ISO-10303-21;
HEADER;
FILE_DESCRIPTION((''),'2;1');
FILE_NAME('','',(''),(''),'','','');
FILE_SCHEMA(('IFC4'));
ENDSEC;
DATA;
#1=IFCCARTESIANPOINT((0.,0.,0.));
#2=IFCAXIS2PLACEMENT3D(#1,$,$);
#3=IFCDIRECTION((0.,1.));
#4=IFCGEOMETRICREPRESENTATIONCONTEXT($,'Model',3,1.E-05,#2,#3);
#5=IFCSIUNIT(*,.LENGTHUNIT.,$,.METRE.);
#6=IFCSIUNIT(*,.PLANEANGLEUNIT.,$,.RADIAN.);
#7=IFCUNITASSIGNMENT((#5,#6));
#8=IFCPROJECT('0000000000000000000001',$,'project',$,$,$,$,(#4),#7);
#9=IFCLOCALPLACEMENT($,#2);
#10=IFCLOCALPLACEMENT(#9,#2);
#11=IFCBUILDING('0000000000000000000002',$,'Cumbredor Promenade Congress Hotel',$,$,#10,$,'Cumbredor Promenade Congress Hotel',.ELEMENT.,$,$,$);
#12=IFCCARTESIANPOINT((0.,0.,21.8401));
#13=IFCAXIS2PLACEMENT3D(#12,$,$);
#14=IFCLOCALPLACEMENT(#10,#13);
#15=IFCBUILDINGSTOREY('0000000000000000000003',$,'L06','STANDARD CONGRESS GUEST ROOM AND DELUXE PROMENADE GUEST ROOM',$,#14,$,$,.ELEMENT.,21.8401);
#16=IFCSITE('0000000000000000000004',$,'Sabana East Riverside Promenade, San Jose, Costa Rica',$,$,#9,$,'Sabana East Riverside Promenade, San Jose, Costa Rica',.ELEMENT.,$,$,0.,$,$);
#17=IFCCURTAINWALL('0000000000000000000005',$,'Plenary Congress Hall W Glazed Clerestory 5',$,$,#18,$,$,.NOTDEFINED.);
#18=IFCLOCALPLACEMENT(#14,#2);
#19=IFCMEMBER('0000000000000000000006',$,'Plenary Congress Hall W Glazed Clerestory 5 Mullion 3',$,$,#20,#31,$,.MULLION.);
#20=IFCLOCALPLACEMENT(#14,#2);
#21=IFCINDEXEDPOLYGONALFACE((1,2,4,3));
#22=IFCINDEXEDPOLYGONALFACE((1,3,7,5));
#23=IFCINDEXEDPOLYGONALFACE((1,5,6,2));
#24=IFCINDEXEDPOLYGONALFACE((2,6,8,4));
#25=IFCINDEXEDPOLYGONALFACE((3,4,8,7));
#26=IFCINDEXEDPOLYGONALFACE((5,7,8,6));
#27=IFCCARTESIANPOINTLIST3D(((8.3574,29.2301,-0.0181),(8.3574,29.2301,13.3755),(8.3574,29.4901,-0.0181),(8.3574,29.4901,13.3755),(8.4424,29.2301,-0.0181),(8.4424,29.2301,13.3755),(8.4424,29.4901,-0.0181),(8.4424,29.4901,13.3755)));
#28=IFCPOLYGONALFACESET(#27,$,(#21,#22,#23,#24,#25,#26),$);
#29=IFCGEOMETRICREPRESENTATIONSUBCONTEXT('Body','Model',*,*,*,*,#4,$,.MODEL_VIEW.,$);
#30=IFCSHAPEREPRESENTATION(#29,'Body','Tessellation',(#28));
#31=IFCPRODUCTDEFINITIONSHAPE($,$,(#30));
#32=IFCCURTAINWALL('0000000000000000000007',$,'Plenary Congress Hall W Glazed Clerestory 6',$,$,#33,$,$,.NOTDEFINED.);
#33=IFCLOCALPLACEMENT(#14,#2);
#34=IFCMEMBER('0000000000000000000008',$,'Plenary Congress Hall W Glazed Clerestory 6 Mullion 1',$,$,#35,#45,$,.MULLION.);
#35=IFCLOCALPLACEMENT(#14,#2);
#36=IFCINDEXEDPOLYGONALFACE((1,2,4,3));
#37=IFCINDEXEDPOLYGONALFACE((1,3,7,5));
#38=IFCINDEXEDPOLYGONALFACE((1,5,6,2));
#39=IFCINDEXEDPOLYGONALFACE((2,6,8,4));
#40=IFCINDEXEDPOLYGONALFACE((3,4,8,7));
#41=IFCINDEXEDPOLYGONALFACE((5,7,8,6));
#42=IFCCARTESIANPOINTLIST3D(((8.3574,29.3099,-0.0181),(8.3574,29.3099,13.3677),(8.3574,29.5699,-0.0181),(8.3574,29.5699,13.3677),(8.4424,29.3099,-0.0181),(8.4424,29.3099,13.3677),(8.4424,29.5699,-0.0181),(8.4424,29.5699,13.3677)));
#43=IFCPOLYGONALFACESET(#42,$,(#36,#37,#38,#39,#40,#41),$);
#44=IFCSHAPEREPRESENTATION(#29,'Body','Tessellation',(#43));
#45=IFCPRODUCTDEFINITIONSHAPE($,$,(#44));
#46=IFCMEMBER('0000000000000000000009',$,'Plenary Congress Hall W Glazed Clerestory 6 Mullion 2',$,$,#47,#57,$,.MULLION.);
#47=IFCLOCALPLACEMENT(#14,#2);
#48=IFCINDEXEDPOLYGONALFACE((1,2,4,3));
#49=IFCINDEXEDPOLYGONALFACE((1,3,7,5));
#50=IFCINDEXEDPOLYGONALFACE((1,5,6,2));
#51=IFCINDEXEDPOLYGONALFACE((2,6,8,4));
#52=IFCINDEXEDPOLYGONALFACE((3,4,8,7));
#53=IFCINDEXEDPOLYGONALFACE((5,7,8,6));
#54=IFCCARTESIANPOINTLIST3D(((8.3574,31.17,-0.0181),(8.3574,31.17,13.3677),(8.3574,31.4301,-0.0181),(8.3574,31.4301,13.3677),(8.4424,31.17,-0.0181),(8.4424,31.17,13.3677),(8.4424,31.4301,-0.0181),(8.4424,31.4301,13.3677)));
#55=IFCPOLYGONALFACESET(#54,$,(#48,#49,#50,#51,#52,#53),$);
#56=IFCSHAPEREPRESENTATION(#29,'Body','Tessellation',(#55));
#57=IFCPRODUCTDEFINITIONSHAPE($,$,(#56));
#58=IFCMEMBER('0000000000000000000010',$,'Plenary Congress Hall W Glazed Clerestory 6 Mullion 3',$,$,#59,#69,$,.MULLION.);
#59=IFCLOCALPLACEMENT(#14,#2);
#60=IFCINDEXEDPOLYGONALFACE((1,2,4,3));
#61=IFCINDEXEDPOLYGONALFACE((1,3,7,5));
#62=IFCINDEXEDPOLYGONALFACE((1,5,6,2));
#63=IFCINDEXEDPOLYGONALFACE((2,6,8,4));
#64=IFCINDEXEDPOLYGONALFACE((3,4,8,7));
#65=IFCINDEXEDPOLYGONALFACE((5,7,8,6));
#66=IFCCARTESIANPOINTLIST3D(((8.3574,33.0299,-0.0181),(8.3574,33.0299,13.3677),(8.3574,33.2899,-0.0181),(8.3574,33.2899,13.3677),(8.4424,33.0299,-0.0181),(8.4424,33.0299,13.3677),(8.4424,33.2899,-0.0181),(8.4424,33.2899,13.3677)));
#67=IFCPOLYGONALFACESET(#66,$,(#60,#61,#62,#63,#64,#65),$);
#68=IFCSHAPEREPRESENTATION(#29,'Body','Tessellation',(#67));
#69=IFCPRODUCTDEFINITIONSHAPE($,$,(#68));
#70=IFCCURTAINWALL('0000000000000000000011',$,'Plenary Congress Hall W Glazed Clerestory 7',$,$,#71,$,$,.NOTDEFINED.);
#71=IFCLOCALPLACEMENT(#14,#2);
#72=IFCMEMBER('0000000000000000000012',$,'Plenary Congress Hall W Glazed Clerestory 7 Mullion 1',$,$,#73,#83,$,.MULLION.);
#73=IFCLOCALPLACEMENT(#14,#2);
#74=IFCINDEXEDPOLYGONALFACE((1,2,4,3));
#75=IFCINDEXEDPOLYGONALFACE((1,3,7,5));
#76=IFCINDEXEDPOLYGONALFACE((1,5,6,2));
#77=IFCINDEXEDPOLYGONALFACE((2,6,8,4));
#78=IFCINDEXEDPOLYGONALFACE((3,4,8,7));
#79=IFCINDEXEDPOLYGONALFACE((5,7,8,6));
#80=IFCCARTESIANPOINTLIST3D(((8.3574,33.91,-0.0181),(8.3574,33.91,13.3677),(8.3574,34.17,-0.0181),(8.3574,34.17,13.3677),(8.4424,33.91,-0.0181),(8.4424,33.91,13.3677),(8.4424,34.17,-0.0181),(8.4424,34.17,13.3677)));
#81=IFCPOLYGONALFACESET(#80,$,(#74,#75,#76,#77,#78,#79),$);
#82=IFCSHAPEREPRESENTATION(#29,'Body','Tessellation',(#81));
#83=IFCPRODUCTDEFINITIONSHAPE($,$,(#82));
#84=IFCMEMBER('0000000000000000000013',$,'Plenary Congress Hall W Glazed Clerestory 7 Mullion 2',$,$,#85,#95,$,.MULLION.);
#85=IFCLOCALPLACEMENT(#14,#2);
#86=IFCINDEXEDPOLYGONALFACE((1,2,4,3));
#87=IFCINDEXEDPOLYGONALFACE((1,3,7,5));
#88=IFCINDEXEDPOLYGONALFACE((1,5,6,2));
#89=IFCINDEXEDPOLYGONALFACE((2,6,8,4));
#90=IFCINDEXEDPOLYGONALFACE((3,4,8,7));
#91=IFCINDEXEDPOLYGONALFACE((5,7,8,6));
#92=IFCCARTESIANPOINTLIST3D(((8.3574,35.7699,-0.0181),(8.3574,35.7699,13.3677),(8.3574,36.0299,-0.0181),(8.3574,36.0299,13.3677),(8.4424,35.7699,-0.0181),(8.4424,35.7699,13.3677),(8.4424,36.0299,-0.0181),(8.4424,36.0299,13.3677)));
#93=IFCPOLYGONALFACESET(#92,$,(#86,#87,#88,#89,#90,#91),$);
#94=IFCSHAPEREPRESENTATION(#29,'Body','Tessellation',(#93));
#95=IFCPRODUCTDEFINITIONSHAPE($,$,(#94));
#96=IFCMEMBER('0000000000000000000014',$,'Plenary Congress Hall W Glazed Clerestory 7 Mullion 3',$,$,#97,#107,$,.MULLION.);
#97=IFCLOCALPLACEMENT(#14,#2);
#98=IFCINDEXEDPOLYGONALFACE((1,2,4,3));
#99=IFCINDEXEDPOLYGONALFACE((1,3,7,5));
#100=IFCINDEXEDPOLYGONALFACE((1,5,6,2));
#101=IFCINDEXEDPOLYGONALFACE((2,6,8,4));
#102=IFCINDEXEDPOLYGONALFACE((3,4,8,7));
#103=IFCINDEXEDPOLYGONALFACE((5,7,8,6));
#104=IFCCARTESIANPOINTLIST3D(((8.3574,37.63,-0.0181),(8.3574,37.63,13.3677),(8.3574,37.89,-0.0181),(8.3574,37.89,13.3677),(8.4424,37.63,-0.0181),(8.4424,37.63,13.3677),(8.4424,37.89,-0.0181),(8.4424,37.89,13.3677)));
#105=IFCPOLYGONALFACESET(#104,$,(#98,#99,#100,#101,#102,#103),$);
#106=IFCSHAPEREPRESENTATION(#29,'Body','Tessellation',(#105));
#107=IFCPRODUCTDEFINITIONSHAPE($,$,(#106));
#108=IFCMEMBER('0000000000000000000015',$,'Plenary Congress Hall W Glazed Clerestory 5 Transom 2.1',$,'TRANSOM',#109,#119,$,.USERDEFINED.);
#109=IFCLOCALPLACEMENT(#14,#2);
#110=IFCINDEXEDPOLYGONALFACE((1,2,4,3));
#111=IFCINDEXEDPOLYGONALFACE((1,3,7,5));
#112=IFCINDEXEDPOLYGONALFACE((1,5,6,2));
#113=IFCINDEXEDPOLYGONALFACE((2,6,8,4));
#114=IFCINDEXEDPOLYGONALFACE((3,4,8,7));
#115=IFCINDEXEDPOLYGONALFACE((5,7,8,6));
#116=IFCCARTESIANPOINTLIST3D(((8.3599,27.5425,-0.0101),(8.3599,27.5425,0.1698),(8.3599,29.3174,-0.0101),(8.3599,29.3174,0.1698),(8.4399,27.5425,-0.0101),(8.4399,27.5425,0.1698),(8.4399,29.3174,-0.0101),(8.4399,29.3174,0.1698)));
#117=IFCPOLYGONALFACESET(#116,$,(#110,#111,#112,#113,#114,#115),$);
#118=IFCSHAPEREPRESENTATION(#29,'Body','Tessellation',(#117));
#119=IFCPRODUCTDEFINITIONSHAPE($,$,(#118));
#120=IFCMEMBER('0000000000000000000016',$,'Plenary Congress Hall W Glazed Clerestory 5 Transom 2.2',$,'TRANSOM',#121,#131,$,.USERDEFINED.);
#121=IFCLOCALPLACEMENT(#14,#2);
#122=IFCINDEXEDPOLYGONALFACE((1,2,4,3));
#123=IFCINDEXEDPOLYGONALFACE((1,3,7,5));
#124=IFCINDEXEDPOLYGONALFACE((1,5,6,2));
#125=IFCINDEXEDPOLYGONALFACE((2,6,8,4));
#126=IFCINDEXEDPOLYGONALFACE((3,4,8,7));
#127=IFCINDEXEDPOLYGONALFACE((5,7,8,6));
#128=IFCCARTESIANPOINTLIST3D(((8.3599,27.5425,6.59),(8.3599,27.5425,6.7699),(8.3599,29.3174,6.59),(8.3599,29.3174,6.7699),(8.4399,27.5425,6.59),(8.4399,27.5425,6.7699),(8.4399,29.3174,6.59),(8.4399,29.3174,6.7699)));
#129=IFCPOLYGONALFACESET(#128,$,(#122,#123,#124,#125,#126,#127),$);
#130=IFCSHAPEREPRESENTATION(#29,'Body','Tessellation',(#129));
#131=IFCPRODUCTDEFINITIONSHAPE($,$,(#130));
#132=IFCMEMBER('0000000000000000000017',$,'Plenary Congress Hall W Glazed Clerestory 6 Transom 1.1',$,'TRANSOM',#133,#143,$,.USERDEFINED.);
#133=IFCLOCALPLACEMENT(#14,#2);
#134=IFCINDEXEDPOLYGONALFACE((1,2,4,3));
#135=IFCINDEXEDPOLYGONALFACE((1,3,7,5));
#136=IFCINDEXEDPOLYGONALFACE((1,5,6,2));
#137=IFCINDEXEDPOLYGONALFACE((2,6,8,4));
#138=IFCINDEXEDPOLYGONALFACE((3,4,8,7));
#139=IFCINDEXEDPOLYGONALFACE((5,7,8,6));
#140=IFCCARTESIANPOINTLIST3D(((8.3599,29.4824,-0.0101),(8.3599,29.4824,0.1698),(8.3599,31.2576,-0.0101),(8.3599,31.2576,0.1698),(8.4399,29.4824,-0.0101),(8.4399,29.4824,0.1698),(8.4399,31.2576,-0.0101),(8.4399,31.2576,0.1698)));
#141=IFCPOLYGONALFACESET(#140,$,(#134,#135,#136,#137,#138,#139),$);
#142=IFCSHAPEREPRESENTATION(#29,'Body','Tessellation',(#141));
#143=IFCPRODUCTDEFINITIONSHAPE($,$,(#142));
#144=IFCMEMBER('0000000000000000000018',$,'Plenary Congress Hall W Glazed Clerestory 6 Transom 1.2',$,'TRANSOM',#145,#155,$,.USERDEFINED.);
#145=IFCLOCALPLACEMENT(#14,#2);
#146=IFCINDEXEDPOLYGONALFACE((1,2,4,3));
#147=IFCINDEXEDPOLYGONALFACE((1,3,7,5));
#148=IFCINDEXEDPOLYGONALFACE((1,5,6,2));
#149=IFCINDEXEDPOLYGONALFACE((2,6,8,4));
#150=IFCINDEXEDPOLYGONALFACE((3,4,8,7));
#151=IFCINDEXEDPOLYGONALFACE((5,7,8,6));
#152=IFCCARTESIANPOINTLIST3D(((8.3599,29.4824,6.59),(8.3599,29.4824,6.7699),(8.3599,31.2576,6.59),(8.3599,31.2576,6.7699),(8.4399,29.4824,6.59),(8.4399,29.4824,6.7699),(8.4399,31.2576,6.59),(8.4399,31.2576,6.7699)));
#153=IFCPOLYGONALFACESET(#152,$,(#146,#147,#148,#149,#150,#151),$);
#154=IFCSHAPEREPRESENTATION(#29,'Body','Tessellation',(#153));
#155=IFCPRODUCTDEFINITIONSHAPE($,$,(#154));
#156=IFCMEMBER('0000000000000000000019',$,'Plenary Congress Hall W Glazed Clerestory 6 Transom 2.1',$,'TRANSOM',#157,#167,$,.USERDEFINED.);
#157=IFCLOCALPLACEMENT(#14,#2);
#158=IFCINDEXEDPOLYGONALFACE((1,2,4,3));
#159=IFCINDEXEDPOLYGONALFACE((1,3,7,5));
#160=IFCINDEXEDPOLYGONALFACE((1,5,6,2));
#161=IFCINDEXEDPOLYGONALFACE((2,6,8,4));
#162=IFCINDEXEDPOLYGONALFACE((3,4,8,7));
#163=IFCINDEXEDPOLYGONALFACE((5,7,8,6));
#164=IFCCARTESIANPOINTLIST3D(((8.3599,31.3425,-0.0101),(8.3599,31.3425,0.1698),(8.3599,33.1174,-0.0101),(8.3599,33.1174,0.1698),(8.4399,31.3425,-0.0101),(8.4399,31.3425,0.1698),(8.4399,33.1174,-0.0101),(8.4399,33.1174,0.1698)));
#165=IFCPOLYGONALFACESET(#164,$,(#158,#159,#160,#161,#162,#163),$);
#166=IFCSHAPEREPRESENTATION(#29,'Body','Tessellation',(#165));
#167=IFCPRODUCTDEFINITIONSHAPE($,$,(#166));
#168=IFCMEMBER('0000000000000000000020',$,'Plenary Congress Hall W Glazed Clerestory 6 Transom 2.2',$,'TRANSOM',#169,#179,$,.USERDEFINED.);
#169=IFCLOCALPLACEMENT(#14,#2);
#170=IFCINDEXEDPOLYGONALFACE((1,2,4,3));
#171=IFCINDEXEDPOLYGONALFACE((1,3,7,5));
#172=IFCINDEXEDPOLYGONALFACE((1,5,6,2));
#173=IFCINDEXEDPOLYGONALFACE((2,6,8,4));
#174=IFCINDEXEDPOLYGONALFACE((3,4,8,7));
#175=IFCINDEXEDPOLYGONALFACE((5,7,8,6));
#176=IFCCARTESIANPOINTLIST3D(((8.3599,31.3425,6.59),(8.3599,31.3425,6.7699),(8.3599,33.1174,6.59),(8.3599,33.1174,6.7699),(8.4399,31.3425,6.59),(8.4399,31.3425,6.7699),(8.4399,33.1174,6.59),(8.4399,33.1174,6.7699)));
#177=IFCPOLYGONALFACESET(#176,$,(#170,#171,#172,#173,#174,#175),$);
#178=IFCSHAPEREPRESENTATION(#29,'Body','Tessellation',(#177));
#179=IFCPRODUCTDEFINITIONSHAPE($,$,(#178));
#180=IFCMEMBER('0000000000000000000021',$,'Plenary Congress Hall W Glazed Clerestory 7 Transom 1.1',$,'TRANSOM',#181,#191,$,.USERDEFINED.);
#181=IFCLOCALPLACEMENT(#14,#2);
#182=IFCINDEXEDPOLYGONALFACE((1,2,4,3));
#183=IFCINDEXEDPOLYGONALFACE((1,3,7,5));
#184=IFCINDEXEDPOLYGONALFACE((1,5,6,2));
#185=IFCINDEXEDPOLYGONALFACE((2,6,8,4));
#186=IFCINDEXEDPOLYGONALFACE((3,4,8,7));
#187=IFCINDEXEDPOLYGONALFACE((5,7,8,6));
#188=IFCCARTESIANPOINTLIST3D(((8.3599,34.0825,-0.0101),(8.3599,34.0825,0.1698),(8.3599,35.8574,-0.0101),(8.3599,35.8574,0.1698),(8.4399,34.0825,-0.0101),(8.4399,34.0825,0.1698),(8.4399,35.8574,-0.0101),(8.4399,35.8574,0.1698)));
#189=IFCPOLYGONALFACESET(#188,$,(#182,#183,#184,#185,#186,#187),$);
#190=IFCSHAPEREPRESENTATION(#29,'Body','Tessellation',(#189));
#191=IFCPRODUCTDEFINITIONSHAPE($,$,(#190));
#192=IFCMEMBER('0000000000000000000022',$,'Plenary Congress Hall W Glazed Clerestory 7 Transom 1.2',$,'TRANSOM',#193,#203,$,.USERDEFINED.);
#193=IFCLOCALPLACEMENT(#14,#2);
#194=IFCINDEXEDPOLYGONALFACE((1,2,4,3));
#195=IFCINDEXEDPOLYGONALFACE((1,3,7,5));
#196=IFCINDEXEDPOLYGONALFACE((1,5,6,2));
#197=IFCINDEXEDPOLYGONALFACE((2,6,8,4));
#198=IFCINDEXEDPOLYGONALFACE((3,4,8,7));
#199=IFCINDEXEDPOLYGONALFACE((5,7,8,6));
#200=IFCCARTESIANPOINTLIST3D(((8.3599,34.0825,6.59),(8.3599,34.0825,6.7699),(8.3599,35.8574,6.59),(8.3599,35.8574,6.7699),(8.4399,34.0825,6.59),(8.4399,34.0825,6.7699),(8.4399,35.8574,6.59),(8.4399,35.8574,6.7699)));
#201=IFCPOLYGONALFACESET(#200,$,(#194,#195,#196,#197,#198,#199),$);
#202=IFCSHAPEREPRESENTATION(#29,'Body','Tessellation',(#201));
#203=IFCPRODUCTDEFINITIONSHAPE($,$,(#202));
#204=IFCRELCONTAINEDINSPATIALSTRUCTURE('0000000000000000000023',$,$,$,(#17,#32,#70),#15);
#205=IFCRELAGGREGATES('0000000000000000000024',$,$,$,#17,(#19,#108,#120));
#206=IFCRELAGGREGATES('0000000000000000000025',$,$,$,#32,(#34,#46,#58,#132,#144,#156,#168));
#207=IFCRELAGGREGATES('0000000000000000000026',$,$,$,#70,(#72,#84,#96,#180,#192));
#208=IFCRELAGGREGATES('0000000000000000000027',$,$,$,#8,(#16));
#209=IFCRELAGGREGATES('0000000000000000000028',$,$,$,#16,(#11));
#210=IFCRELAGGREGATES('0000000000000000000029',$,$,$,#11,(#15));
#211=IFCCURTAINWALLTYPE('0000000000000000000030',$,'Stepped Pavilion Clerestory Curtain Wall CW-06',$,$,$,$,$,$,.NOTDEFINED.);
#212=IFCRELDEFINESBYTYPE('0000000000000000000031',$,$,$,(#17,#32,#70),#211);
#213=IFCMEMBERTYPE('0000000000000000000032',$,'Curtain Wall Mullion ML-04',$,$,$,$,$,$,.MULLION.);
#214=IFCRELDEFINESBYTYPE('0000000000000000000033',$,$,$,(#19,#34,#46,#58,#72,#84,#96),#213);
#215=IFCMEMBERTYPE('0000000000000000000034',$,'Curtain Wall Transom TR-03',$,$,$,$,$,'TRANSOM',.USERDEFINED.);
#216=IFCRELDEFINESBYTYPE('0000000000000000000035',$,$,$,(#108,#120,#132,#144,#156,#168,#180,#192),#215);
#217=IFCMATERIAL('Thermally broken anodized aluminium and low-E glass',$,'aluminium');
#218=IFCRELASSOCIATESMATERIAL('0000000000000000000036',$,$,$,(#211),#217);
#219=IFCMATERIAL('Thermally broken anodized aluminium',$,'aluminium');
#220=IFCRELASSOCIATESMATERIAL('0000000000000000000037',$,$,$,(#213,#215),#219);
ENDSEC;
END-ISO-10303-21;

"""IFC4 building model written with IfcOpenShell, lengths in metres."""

from ifc_helpers import new_model, si_unit, direction, frame, origin, origin_2d, place, context, subcontext, project, spatial, rectangle, extrude, material, material_profile, profile_set, type_object, element, aggregate, save


model = new_model("IFC4")

# Units and contexts
model_context = context("Model", 3, precision=1e-05, world=origin(), true_north=direction((0.0, 1.0)))
body_context = subcontext(model_context, "Body", "Model", "MODEL_VIEW")
ifc_project = project(units=[si_unit("LENGTHUNIT", "METRE"), si_unit("PLANEANGLEUNIT", "RADIAN")], contexts=[model_context])

# Site, building, storey
site_placement = place(None, origin())
site = spatial("IfcSite", under=ifc_project, at=site_placement, Name="Sabana East Riverside Promenade, San Jose, Costa Rica", LongName="Sabana East Riverside Promenade, San Jose, Costa Rica", CompositionType="ELEMENT", RefElevation=0.0)
building_placement = place(site_placement, origin())
building = spatial("IfcBuilding", under=site, at=building_placement, Name="Cumbredor Promenade Congress Hotel", LongName="Cumbredor Promenade Congress Hotel", CompositionType="ELEMENT")
storey_placement = place(building_placement, frame((0.0, 0.0, 21.8401)))
storey = spatial("IfcBuildingStorey", under=building, at=storey_placement, Name="L06", Description="STANDARD CONGRESS GUEST ROOM AND DELUXE PROMENADE GUEST ROOM", CompositionType="ELEMENT", Elevation=21.8401)

# Curtain wall, member
ifc_material_1 = material(Name="Thermally broken anodized aluminium and low-E glass", Category="aluminium")
curtain_wall_type = type_object("IfcCurtainWallType", Name="Stepped Pavilion Clerestory Curtain Wall CW-06", PredefinedType="NOTDEFINED", material=ifc_material_1)
curtain_wall_1_placement = place(storey_placement, origin())
curtain_wall_1 = element("IfcCurtainWall", 1, at=curtain_wall_1_placement, inside=storey, type_object=curtain_wall_type, Name="Plenary Congress Hall W Glazed Clerestory 5", PredefinedType="NOTDEFINED")
ifc_material_2 = material(Name="Thermally broken anodized aluminium", Category="aluminium")
ifc_material_profile_1 = material_profile(ifc_material_2, rectangle(XDim=0.085, YDim=0.26, at=origin_2d()), Name="ALU MULLION CLERESTORY 85x260")
ifc_profile_set_1 = profile_set([ifc_material_profile_1], Name="Thermally broken anodized aluminium")
member_type_1 = type_object("IfcMemberType", Name="Curtain Wall Mullion ML-04", PredefinedType="MULLION", material=ifc_profile_set_1)
member_1_placement = place(storey_placement, frame((8.3999, 29.3601, -0.0181), z_axis=(0.0, 0.0, 1.0), x_axis=(1.0, 0.0, 0.0)))
member_1 = element("IfcMember", 2, at=member_1_placement, type_object=member_type_1, Name="Plenary Congress Hall W Glazed Clerestory 5 Mullion 3", PredefinedType="MULLION", context=body_context, shape_type="SweptSolid", body=[
    extrude(rectangle(XDim=0.085, YDim=0.26, at=origin_2d()), origin(), (0.0, 0.0, 1.0), 13.3936),
])

# Curtain walls, members
curtain_wall_2_placement = place(storey_placement, origin())
curtain_wall_2 = element("IfcCurtainWall", 3, at=curtain_wall_2_placement, inside=storey, type_object=curtain_wall_type, Name="Plenary Congress Hall W Glazed Clerestory 6", PredefinedType="NOTDEFINED")
member_2_placement = place(storey_placement, frame((8.3999, 29.4399, -0.0181), z_axis=(0.0, 0.0, 1.0), x_axis=(1.0, 0.0, 0.0)))
member_2 = element("IfcMember", 4, at=member_2_placement, type_object=member_type_1, Name="Plenary Congress Hall W Glazed Clerestory 6 Mullion 1", PredefinedType="MULLION", context=body_context, shape_type="SweptSolid", body=[
    extrude(rectangle(XDim=0.085, YDim=0.26, at=origin_2d()), origin(), (0.0, 0.0, 1.0), 13.3857),
])
member_3_placement = place(storey_placement, frame((8.3999, 31.3, -0.0181), z_axis=(0.0, 0.0, 1.0), x_axis=(1.0, 0.0, 0.0)))
member_3 = element("IfcMember", 5, at=member_3_placement, type_object=member_type_1, Name="Plenary Congress Hall W Glazed Clerestory 6 Mullion 2", PredefinedType="MULLION", context=body_context, shape_type="SweptSolid", body=[
    extrude(rectangle(XDim=0.085, YDim=0.26, at=origin_2d()), origin(), (0.0, 0.0, 1.0), 13.3857),
])
member_4_placement = place(storey_placement, frame((8.3999, 33.1599, -0.0181), z_axis=(0.0, 0.0, 1.0), x_axis=(1.0, 0.0, 0.0)))
member_4 = element("IfcMember", 6, at=member_4_placement, type_object=member_type_1, Name="Plenary Congress Hall W Glazed Clerestory 6 Mullion 3", PredefinedType="MULLION", context=body_context, shape_type="SweptSolid", body=[
    extrude(rectangle(XDim=0.085, YDim=0.26, at=origin_2d()), origin(), (0.0, 0.0, 1.0), 13.3857),
])
curtain_wall_3_placement = place(storey_placement, origin())
curtain_wall_3 = element("IfcCurtainWall", 7, at=curtain_wall_3_placement, inside=storey, type_object=curtain_wall_type, Name="Plenary Congress Hall W Glazed Clerestory 7", PredefinedType="NOTDEFINED")
member_5_placement = place(storey_placement, frame((8.3999, 34.04, -0.0181), z_axis=(0.0, 0.0, 1.0), x_axis=(1.0, 0.0, 0.0)))
member_5 = element("IfcMember", 8, at=member_5_placement, type_object=member_type_1, Name="Plenary Congress Hall W Glazed Clerestory 7 Mullion 1", PredefinedType="MULLION", context=body_context, shape_type="SweptSolid", body=[
    extrude(rectangle(XDim=0.085, YDim=0.26, at=origin_2d()), origin(), (0.0, 0.0, 1.0), 13.3857),
])
member_6_placement = place(storey_placement, frame((8.3999, 35.8999, -0.0181), z_axis=(0.0, 0.0, 1.0), x_axis=(1.0, 0.0, 0.0)))
member_6 = element("IfcMember", 9, at=member_6_placement, type_object=member_type_1, Name="Plenary Congress Hall W Glazed Clerestory 7 Mullion 2", PredefinedType="MULLION", context=body_context, shape_type="SweptSolid", body=[
    extrude(rectangle(XDim=0.085, YDim=0.26, at=origin_2d()), origin(), (0.0, 0.0, 1.0), 13.3857),
])
member_7_placement = place(storey_placement, frame((8.3999, 37.76, -0.0181), z_axis=(0.0, 0.0, 1.0), x_axis=(1.0, 0.0, 0.0)))
member_7 = element("IfcMember", 10, at=member_7_placement, type_object=member_type_1, Name="Plenary Congress Hall W Glazed Clerestory 7 Mullion 3", PredefinedType="MULLION", context=body_context, shape_type="SweptSolid", body=[
    extrude(rectangle(XDim=0.085, YDim=0.26, at=origin_2d()), origin(), (0.0, 0.0, 1.0), 13.3857),
])

# Members
ifc_material_profile_2 = material_profile(ifc_material_2, rectangle(XDim=0.0801, YDim=0.1799, at=origin_2d()), Name="ALU TRANSOM 80x180")
ifc_profile_set_2 = profile_set([ifc_material_profile_2], Name="Thermally broken anodized aluminium")
member_type_2 = type_object("IfcMemberType", Name="Curtain Wall Transom TR-03", ElementType="TRANSOM", PredefinedType="USERDEFINED", material=ifc_profile_set_2)
member_8_placement = place(storey_placement, frame((8.3999, 27.5425, 0.0798), z_axis=(0.0, 1.0, 0.0), x_axis=(-1.0, 0.0, 0.0)))
member_8 = element("IfcMember", 11, at=member_8_placement, type_object=member_type_2, Name="Plenary Congress Hall W Glazed Clerestory 5 Transom 2.1", ObjectType="TRANSOM", PredefinedType="USERDEFINED", context=body_context, shape_type="SweptSolid", body=[
    extrude(rectangle(XDim=0.0801, YDim=0.1799, at=origin_2d()), origin(), (0.0, 0.0, 1.0), 1.7749),
])
member_9_placement = place(storey_placement, frame((8.3999, 27.5425, 6.6799), z_axis=(0.0, 1.0, 0.0), x_axis=(-1.0, 0.0, 0.0)))
member_9 = element("IfcMember", 12, at=member_9_placement, type_object=member_type_2, Name="Plenary Congress Hall W Glazed Clerestory 5 Transom 2.2", ObjectType="TRANSOM", PredefinedType="USERDEFINED", context=body_context, shape_type="SweptSolid", body=[
    extrude(rectangle(XDim=0.0801, YDim=0.1799, at=origin_2d()), origin(), (0.0, 0.0, 1.0), 1.7749),
])
member_10_placement = place(storey_placement, frame((8.3999, 29.4824, 0.0798), z_axis=(0.0, 1.0, 0.0), x_axis=(-1.0, 0.0, 0.0)))
member_10 = element("IfcMember", 13, at=member_10_placement, type_object=member_type_2, Name="Plenary Congress Hall W Glazed Clerestory 6 Transom 1.1", ObjectType="TRANSOM", PredefinedType="USERDEFINED", context=body_context, shape_type="SweptSolid", body=[
    extrude(rectangle(XDim=0.0801, YDim=0.1799, at=origin_2d()), origin(), (0.0, 0.0, 1.0), 1.7751),
])
member_11_placement = place(storey_placement, frame((8.3999, 29.4824, 6.6799), z_axis=(0.0, 1.0, 0.0), x_axis=(-1.0, 0.0, 0.0)))
member_11 = element("IfcMember", 14, at=member_11_placement, type_object=member_type_2, Name="Plenary Congress Hall W Glazed Clerestory 6 Transom 1.2", ObjectType="TRANSOM", PredefinedType="USERDEFINED", context=body_context, shape_type="SweptSolid", body=[
    extrude(rectangle(XDim=0.0801, YDim=0.1799, at=origin_2d()), origin(), (0.0, 0.0, 1.0), 1.7751),
])
member_12_placement = place(storey_placement, frame((8.3999, 31.3425, 0.0798), z_axis=(0.0, 1.0, 0.0), x_axis=(-1.0, 0.0, 0.0)))
member_12 = element("IfcMember", 15, at=member_12_placement, type_object=member_type_2, Name="Plenary Congress Hall W Glazed Clerestory 6 Transom 2.1", ObjectType="TRANSOM", PredefinedType="USERDEFINED", context=body_context, shape_type="SweptSolid", body=[
    extrude(rectangle(XDim=0.0801, YDim=0.1799, at=origin_2d()), origin(), (0.0, 0.0, 1.0), 1.7749),
])
member_13_placement = place(storey_placement, frame((8.3999, 31.3425, 6.6799), z_axis=(0.0, 1.0, 0.0), x_axis=(-1.0, 0.0, 0.0)))
member_13 = element("IfcMember", 16, at=member_13_placement, type_object=member_type_2, Name="Plenary Congress Hall W Glazed Clerestory 6 Transom 2.2", ObjectType="TRANSOM", PredefinedType="USERDEFINED", context=body_context, shape_type="SweptSolid", body=[
    extrude(rectangle(XDim=0.0801, YDim=0.1799, at=origin_2d()), origin(), (0.0, 0.0, 1.0), 1.7749),
])
member_14_placement = place(storey_placement, frame((8.3999, 34.0825, 0.0798), z_axis=(0.0, 1.0, 0.0), x_axis=(-1.0, 0.0, 0.0)))
member_14 = element("IfcMember", 17, at=member_14_placement, type_object=member_type_2, Name="Plenary Congress Hall W Glazed Clerestory 7 Transom 1.1", ObjectType="TRANSOM", PredefinedType="USERDEFINED", context=body_context, shape_type="SweptSolid", body=[
    extrude(rectangle(XDim=0.0801, YDim=0.1799, at=origin_2d()), origin(), (0.0, 0.0, 1.0), 1.7749),
])
member_15_placement = place(storey_placement, frame((8.3999, 34.0825, 6.6799), z_axis=(0.0, 1.0, 0.0), x_axis=(-1.0, 0.0, 0.0)))
member_15 = element("IfcMember", 18, at=member_15_placement, type_object=member_type_2, Name="Plenary Congress Hall W Glazed Clerestory 7 Transom 1.2", ObjectType="TRANSOM", PredefinedType="USERDEFINED", context=body_context, shape_type="SweptSolid", body=[
    extrude(rectangle(XDim=0.0801, YDim=0.1799, at=origin_2d()), origin(), (0.0, 0.0, 1.0), 1.7749),
])

aggregate(curtain_wall_1, [member_1, member_8, member_9])
aggregate(curtain_wall_2, [member_2, member_3, member_4, member_10, member_11, member_12, member_13])
aggregate(curtain_wall_3, [member_5, member_6, member_7, member_14, member_15])

save(model, "model.ifc")
